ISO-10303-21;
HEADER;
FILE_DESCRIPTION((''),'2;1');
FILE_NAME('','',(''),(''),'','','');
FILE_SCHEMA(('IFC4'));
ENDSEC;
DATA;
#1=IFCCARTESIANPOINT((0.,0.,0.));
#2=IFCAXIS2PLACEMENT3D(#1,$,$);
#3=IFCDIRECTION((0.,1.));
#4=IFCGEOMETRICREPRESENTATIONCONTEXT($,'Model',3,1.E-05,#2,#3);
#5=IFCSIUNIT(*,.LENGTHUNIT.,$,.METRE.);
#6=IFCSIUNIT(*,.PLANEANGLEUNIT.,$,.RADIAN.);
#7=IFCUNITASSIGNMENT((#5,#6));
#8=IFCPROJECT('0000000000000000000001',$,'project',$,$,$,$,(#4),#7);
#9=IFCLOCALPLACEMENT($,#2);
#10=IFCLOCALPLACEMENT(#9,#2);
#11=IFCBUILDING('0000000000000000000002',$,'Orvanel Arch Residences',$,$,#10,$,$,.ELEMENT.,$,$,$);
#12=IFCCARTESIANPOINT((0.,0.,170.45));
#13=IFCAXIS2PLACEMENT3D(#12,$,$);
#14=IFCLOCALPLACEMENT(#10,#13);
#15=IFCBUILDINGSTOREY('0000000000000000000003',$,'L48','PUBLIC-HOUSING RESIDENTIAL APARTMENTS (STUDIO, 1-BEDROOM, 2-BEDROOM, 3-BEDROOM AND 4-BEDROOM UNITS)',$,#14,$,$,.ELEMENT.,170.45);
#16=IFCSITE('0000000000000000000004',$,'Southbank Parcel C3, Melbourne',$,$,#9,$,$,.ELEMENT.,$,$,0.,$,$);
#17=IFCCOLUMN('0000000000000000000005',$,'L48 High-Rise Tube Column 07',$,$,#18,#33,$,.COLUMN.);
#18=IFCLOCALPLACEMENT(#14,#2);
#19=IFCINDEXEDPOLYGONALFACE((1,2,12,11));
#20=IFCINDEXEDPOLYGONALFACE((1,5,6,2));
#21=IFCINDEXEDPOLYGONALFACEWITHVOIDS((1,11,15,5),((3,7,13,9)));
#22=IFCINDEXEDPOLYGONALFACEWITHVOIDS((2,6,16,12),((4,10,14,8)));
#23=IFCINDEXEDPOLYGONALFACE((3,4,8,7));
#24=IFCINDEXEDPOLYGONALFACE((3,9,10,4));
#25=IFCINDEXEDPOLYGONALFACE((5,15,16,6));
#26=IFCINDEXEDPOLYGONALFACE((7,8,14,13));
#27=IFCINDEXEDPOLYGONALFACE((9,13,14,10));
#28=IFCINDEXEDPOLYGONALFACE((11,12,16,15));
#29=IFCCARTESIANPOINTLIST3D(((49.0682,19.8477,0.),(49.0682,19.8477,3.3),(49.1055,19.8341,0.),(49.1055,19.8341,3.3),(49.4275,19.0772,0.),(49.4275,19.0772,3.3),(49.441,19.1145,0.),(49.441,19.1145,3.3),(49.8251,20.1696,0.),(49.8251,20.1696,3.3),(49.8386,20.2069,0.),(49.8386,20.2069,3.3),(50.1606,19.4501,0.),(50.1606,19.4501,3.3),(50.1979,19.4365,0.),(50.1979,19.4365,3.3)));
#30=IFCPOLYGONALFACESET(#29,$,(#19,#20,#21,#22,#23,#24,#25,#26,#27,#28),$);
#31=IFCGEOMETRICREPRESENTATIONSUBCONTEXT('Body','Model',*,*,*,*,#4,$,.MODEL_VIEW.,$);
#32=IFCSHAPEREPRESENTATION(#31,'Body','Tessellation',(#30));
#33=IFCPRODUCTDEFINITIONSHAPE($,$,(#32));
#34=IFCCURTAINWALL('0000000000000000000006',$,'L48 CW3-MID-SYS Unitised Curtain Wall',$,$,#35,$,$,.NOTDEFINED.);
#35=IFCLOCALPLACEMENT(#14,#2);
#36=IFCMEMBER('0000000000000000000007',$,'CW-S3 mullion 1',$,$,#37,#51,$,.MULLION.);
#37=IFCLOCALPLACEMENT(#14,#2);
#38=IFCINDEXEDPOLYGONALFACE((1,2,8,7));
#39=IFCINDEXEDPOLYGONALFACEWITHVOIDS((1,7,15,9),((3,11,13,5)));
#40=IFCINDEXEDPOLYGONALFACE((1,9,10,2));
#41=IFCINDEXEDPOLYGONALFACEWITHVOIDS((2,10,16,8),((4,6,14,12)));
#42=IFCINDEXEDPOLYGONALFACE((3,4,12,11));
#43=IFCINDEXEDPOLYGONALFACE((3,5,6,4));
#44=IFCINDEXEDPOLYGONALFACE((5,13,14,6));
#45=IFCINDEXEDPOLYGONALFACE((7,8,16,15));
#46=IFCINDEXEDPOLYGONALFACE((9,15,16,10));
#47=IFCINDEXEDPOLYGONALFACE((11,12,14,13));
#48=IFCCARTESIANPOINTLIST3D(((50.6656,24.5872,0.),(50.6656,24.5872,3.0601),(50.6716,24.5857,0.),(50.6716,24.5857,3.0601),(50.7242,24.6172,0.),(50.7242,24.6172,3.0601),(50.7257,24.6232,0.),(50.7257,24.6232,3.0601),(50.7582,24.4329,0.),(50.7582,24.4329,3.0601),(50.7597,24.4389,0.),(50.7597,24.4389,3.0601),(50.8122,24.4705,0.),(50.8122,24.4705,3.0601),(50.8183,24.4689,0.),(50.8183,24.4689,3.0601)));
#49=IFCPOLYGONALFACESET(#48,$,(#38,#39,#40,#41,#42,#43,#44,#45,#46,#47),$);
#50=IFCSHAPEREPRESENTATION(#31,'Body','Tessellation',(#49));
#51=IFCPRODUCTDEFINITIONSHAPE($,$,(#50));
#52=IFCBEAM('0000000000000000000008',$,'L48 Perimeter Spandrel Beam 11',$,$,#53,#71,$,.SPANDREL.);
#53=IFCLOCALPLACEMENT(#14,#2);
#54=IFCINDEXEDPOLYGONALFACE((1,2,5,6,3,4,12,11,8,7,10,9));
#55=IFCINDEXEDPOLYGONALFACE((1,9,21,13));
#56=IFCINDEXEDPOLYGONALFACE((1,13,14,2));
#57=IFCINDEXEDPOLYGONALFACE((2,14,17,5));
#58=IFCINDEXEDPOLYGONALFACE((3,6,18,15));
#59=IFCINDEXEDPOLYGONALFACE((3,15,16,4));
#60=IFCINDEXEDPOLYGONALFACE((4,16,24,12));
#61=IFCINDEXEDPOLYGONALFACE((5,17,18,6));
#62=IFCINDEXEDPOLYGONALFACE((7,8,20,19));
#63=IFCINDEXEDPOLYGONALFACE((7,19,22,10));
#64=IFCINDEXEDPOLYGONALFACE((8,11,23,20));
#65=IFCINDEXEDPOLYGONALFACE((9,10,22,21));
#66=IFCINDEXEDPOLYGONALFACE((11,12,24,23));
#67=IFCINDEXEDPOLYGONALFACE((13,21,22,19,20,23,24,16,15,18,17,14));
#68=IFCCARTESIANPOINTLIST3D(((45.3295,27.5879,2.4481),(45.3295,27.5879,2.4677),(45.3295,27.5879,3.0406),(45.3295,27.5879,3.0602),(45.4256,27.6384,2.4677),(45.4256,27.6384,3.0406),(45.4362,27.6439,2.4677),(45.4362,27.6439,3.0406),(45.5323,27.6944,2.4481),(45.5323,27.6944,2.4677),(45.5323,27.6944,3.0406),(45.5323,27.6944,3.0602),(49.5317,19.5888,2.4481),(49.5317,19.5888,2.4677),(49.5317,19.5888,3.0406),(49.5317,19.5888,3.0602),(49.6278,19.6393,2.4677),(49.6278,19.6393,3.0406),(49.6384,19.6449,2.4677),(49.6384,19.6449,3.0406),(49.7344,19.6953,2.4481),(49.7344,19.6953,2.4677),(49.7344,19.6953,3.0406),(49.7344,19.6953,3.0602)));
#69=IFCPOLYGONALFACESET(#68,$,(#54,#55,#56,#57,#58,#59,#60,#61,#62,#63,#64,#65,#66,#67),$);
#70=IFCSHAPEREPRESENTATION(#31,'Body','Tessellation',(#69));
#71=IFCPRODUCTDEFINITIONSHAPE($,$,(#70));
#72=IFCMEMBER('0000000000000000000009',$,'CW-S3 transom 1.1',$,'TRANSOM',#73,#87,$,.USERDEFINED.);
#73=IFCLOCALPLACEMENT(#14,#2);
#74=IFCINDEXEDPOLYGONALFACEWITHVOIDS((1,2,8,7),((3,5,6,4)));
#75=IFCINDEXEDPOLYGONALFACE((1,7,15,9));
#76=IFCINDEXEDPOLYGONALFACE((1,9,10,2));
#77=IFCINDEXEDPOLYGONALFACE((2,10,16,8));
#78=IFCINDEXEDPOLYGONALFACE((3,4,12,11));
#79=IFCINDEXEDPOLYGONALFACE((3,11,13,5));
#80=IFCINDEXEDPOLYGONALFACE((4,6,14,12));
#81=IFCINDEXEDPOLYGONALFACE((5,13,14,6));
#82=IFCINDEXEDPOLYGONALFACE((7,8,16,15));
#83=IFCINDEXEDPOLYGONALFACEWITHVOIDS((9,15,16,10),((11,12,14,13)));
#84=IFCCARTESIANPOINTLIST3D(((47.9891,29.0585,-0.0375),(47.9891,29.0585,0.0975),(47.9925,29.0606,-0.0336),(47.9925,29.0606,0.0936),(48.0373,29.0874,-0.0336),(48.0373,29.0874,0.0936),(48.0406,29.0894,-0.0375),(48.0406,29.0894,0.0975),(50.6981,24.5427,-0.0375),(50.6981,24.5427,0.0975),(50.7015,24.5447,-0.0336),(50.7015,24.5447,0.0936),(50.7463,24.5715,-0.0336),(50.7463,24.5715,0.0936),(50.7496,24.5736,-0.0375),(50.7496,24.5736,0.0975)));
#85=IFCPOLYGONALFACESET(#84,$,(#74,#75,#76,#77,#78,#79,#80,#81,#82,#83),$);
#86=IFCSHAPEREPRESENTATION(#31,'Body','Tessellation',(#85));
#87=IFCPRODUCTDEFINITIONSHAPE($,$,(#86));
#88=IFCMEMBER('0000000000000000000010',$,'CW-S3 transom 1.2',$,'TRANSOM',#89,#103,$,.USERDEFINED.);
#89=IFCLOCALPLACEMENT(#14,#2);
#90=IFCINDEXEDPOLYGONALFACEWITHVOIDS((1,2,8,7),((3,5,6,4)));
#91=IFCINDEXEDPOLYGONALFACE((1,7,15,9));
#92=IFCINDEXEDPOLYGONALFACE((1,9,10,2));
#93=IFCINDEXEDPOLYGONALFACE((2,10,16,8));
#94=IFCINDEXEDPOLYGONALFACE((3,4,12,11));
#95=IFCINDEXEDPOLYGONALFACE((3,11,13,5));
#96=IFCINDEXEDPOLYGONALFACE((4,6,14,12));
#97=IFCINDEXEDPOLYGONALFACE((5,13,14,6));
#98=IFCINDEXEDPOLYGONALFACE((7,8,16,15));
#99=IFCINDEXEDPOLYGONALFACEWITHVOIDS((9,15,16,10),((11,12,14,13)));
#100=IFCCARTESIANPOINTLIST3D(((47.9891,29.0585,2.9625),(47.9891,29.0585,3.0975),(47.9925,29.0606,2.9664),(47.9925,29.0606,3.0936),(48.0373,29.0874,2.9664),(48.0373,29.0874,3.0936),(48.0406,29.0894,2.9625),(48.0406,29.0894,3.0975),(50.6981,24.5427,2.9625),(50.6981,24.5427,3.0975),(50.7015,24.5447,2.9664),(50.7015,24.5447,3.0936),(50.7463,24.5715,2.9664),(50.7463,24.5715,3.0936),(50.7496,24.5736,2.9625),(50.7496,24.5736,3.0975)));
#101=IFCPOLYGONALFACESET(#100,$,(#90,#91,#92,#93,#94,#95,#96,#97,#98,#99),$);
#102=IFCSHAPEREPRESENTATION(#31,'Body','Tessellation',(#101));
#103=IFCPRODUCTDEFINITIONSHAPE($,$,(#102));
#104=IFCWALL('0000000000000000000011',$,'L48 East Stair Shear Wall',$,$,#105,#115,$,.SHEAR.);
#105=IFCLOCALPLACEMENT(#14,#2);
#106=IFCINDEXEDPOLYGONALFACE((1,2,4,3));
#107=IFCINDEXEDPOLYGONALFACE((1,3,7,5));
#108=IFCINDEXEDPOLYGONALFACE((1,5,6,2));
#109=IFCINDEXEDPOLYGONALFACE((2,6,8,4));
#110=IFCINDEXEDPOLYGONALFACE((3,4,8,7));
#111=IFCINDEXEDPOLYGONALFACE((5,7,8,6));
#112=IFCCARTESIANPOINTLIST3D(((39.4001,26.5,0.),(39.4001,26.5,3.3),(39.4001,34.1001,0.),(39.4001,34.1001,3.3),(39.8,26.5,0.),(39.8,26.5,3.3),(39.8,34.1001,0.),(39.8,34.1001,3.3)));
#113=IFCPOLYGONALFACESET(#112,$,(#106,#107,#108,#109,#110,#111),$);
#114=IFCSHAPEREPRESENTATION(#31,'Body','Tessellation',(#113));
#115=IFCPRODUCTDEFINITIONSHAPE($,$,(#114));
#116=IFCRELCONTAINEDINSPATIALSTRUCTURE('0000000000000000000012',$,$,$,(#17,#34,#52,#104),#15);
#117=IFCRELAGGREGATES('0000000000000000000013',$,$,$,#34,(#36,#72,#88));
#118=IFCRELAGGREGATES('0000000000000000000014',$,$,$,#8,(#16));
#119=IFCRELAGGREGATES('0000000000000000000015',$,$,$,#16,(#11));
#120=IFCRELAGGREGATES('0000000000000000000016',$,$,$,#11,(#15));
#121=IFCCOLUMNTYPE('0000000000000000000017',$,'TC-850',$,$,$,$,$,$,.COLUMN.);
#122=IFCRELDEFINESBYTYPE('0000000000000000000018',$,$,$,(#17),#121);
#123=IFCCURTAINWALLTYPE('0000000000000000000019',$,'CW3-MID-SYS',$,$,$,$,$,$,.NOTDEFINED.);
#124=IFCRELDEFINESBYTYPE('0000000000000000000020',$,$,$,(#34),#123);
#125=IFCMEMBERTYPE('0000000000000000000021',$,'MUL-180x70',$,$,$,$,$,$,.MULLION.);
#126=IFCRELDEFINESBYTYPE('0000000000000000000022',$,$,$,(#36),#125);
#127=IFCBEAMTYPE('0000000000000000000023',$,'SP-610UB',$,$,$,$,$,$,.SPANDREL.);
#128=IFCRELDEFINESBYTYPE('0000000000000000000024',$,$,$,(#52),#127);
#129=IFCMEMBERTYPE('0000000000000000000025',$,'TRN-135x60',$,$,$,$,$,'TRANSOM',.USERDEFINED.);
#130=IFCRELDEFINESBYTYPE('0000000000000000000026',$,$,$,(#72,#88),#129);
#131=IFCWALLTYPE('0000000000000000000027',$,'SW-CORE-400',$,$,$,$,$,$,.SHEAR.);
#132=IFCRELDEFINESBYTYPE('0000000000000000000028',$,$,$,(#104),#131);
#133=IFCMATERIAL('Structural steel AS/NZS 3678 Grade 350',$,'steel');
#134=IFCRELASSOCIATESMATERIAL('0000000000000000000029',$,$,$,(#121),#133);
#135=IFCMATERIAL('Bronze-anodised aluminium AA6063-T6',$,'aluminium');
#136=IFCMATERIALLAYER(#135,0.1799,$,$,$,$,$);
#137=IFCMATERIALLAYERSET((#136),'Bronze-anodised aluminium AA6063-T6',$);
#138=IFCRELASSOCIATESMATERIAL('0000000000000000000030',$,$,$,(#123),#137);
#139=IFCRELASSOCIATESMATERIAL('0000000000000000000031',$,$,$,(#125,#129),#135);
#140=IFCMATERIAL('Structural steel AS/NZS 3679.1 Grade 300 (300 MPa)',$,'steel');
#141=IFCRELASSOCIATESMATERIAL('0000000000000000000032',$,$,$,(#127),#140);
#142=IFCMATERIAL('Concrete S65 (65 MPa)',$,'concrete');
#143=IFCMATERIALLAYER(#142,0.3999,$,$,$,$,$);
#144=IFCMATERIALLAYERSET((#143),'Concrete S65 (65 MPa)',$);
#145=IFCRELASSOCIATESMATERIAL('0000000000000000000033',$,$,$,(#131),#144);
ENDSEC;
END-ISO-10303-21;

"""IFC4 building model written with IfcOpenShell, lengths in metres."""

from ifc_helpers import new_model, si_unit, direction, frame, frame_2d, origin, origin_2d, place, context, subcontext, project, spatial, rectangle, hollow_rectangle, i_section, extrude, material, layer, layer_set, material_profile, profile_set, type_object, element, aggregate, save


model = new_model("IFC4")

# Units and contexts
model_context = context("Model", 3, precision=1e-05, world=origin(), true_north=direction((0.0, 1.0)))
body_context = subcontext(model_context, "Body", "Model", "MODEL_VIEW")
ifc_project = project(units=[si_unit("LENGTHUNIT", "METRE"), si_unit("PLANEANGLEUNIT", "RADIAN")], contexts=[model_context])

# Site, building, storey
site_placement = place(None, origin())
site = spatial("IfcSite", under=ifc_project, at=site_placement, Name="Southbank Parcel C3, Melbourne", CompositionType="ELEMENT", RefElevation=0.0)
building_placement = place(site_placement, origin())
building = spatial("IfcBuilding", under=site, at=building_placement, Name="Orvanel Arch Residences", CompositionType="ELEMENT")
storey_placement = place(building_placement, frame((0.0, 0.0, 170.45)))
storey = spatial("IfcBuildingStorey", under=building, at=storey_placement, Name="L48", Description="PUBLIC-HOUSING RESIDENTIAL APARTMENTS (STUDIO, 1-BEDROOM, 2-BEDROOM, 3-BEDROOM AND 4-BEDROOM UNITS)", CompositionType="ELEMENT", Elevation=170.45)

# Column
ifc_material_1 = material(Name="Structural steel AS/NZS 3678 Grade 350", Category="steel")
ifc_material_profile_1 = material_profile(ifc_material_1, hollow_rectangle(XDim=0.8501, YDim=0.8501, WallThickness=0.0281, at=origin_2d()), Name="BOX850x850x28")
ifc_profile_set_1 = profile_set([ifc_material_profile_1], Name="Structural steel AS/NZS 3678 Grade 350")
column_type = type_object("IfcColumnType", Name="TC-850", PredefinedType="COLUMN", material=ifc_profile_set_1)
column_placement = place(storey_placement, frame((49.6331, 19.6421, 0.0), z_axis=(0.0, 0.0, 1.0), x_axis=(-0.422618, 0.906308, 0.0)))
element("IfcColumn", 1, at=column_placement, inside=storey, type_object=column_type, Name="L48 High-Rise Tube Column 07", PredefinedType="COLUMN", context=body_context, shape_type="SweptSolid", body=[
    extrude(hollow_rectangle(XDim=0.8501, YDim=0.8501, WallThickness=0.0281, at=origin_2d()), origin(), (0.0, 0.0, 1.0), 3.3),
])

# Curtain wall, member
ifc_material_2 = material(Name="Bronze-anodised aluminium AA6063-T6", Category="aluminium")
ifc_layer_1 = layer(ifc_material_2, 0.1799)
ifc_layer_set_1 = layer_set([ifc_layer_1], Name="Bronze-anodised aluminium AA6063-T6")
curtain_wall_type = type_object("IfcCurtainWallType", Name="CW3-MID-SYS", PredefinedType="NOTDEFINED", material=ifc_layer_set_1)
curtain_wall_placement = place(storey_placement, origin())
curtain_wall = element("IfcCurtainWall", 2, at=curtain_wall_placement, inside=storey, type_object=curtain_wall_type, Name="L48 CW3-MID-SYS Unitised Curtain Wall", PredefinedType="NOTDEFINED")
ifc_material_profile_2 = material_profile(ifc_material_2, hollow_rectangle(XDim=0.0701, YDim=0.1799, WallThickness=0.0044, at=origin_2d()), Name="ALU180x70x4.5")
ifc_profile_set_2 = profile_set([ifc_material_profile_2], Name="Bronze-anodised aluminium AA6063-T6")
member_type_1 = type_object("IfcMemberType", Name="MUL-180x70", PredefinedType="MULLION", material=ifc_profile_set_2)
member_1_placement = place(storey_placement, frame((50.7419, 24.5281, 0.0), z_axis=(0.0, 0.0, 1.0), x_axis=(-0.857542, -0.514414, 0.0)))
member_1 = element("IfcMember", 3, at=member_1_placement, type_object=member_type_1, Name="CW-S3 mullion 1", PredefinedType="MULLION", context=body_context, shape_type="SweptSolid", body=[
    extrude(hollow_rectangle(XDim=0.0701, YDim=0.1799, WallThickness=0.0044, at=origin_2d()), origin(), (0.0, 0.0, 1.0), 3.0601),
])

# Beam
ifc_material_3 = material(Name="Structural steel AS/NZS 3679.1 Grade 300 (300 MPa)", Category="steel")
ifc_material_profile_3 = material_profile(ifc_material_3, i_section(OverallWidth=0.229, OverallDepth=0.6121, WebThickness=0.012, FlangeThickness=0.0195, at=origin_2d()), Name="610UB125")
ifc_profile_set_3 = profile_set([ifc_material_profile_3], Name="Structural steel AS/NZS 3679.1 Grade 300 (300 MPa)")
beam_type = type_object("IfcBeamType", Name="SP-610UB", PredefinedType="SPANDREL", material=ifc_profile_set_3)
beam_placement = place(storey_placement, frame((49.6331, 19.6421, 2.7542), z_axis=(-0.465065, 0.885277, 0.0), x_axis=(-0.885277, -0.465065, 0.0)))
element("IfcBeam", 4, at=beam_placement, inside=storey, type_object=beam_type, Name="L48 Perimeter Spandrel Beam 11", PredefinedType="SPANDREL", context=body_context, shape_type="SweptSolid", body=[
    extrude(i_section(OverallWidth=0.229, OverallDepth=0.6121, WebThickness=0.012, FlangeThickness=0.0195, at=origin_2d()), origin(), (0.0, 0.0, 1.0), 9.0356),
])

# Members
ifc_material_profile_4 = material_profile(ifc_material_2, hollow_rectangle(XDim=0.0601, YDim=0.135, WallThickness=0.0039, at=origin_2d()), Name="ALU135x60x4")
ifc_profile_set_4 = profile_set([ifc_material_profile_4], Name="Bronze-anodised aluminium AA6063-T6")
member_type_2 = type_object("IfcMemberType", Name="TRN-135x60", ElementType="TRANSOM", PredefinedType="USERDEFINED", material=ifc_profile_set_4)
member_2_placement = place(storey_placement, frame((50.7239, 24.5581, 0.03), z_axis=(-0.514421, 0.857538, 0.0), x_axis=(-0.857538, -0.514421, 0.0)))
member_2 = element("IfcMember", 5, at=member_2_placement, type_object=member_type_2, Name="CW-S3 transom 1.1", ObjectType="TRANSOM", PredefinedType="USERDEFINED", context=body_context, shape_type="SweptSolid", body=[
    extrude(hollow_rectangle(XDim=0.0601, YDim=0.135, WallThickness=0.0039, at=origin_2d()), origin(), (0.0, 0.0, 1.0), 5.2661),
])
member_3_placement = place(storey_placement, frame((50.7239, 24.5581, 3.03), z_axis=(-0.514421, 0.857538, 0.0), x_axis=(-0.857538, -0.514421, 0.0)))
member_3 = element("IfcMember", 6, at=member_3_placement, type_object=member_type_2, Name="CW-S3 transom 1.2", ObjectType="TRANSOM", PredefinedType="USERDEFINED", context=body_context, shape_type="SweptSolid", body=[
    extrude(hollow_rectangle(XDim=0.0601, YDim=0.135, WallThickness=0.0039, at=origin_2d()), origin(), (0.0, 0.0, 1.0), 5.2661),
])
aggregate(curtain_wall, [member_1, member_2, member_3])

# Shared definitions
ifc_material_4 = material(Name="Concrete S65 (65 MPa)", Category="concrete")

# Wall
ifc_layer_2 = layer(ifc_material_4, 0.3999)
ifc_layer_set_2 = layer_set([ifc_layer_2], Name="Concrete S65 (65 MPa)")
wall_type_1 = type_object("IfcWallType", Name="SW-CORE-400", PredefinedType="SHEAR", material=ifc_layer_set_2)
wall_1_placement = place(storey_placement, frame((39.6001, 26.5, 0.0), z_axis=(0.0, 0.0, 1.0), x_axis=(0.0, 1.0, 0.0)))
element("IfcWall", 7, at=wall_1_placement, inside=storey, type_object=wall_type_1, Name="L48 East Stair Shear Wall", PredefinedType="SHEAR", context=body_context, shape_type="SweptSolid", body=[
    extrude(rectangle(XDim=7.6001, YDim=0.3999, at=frame_2d((3.8, 0.0))), origin(), (0.0, 0.0, 1.0), 3.3),
])

save(model, "model.ifc")
